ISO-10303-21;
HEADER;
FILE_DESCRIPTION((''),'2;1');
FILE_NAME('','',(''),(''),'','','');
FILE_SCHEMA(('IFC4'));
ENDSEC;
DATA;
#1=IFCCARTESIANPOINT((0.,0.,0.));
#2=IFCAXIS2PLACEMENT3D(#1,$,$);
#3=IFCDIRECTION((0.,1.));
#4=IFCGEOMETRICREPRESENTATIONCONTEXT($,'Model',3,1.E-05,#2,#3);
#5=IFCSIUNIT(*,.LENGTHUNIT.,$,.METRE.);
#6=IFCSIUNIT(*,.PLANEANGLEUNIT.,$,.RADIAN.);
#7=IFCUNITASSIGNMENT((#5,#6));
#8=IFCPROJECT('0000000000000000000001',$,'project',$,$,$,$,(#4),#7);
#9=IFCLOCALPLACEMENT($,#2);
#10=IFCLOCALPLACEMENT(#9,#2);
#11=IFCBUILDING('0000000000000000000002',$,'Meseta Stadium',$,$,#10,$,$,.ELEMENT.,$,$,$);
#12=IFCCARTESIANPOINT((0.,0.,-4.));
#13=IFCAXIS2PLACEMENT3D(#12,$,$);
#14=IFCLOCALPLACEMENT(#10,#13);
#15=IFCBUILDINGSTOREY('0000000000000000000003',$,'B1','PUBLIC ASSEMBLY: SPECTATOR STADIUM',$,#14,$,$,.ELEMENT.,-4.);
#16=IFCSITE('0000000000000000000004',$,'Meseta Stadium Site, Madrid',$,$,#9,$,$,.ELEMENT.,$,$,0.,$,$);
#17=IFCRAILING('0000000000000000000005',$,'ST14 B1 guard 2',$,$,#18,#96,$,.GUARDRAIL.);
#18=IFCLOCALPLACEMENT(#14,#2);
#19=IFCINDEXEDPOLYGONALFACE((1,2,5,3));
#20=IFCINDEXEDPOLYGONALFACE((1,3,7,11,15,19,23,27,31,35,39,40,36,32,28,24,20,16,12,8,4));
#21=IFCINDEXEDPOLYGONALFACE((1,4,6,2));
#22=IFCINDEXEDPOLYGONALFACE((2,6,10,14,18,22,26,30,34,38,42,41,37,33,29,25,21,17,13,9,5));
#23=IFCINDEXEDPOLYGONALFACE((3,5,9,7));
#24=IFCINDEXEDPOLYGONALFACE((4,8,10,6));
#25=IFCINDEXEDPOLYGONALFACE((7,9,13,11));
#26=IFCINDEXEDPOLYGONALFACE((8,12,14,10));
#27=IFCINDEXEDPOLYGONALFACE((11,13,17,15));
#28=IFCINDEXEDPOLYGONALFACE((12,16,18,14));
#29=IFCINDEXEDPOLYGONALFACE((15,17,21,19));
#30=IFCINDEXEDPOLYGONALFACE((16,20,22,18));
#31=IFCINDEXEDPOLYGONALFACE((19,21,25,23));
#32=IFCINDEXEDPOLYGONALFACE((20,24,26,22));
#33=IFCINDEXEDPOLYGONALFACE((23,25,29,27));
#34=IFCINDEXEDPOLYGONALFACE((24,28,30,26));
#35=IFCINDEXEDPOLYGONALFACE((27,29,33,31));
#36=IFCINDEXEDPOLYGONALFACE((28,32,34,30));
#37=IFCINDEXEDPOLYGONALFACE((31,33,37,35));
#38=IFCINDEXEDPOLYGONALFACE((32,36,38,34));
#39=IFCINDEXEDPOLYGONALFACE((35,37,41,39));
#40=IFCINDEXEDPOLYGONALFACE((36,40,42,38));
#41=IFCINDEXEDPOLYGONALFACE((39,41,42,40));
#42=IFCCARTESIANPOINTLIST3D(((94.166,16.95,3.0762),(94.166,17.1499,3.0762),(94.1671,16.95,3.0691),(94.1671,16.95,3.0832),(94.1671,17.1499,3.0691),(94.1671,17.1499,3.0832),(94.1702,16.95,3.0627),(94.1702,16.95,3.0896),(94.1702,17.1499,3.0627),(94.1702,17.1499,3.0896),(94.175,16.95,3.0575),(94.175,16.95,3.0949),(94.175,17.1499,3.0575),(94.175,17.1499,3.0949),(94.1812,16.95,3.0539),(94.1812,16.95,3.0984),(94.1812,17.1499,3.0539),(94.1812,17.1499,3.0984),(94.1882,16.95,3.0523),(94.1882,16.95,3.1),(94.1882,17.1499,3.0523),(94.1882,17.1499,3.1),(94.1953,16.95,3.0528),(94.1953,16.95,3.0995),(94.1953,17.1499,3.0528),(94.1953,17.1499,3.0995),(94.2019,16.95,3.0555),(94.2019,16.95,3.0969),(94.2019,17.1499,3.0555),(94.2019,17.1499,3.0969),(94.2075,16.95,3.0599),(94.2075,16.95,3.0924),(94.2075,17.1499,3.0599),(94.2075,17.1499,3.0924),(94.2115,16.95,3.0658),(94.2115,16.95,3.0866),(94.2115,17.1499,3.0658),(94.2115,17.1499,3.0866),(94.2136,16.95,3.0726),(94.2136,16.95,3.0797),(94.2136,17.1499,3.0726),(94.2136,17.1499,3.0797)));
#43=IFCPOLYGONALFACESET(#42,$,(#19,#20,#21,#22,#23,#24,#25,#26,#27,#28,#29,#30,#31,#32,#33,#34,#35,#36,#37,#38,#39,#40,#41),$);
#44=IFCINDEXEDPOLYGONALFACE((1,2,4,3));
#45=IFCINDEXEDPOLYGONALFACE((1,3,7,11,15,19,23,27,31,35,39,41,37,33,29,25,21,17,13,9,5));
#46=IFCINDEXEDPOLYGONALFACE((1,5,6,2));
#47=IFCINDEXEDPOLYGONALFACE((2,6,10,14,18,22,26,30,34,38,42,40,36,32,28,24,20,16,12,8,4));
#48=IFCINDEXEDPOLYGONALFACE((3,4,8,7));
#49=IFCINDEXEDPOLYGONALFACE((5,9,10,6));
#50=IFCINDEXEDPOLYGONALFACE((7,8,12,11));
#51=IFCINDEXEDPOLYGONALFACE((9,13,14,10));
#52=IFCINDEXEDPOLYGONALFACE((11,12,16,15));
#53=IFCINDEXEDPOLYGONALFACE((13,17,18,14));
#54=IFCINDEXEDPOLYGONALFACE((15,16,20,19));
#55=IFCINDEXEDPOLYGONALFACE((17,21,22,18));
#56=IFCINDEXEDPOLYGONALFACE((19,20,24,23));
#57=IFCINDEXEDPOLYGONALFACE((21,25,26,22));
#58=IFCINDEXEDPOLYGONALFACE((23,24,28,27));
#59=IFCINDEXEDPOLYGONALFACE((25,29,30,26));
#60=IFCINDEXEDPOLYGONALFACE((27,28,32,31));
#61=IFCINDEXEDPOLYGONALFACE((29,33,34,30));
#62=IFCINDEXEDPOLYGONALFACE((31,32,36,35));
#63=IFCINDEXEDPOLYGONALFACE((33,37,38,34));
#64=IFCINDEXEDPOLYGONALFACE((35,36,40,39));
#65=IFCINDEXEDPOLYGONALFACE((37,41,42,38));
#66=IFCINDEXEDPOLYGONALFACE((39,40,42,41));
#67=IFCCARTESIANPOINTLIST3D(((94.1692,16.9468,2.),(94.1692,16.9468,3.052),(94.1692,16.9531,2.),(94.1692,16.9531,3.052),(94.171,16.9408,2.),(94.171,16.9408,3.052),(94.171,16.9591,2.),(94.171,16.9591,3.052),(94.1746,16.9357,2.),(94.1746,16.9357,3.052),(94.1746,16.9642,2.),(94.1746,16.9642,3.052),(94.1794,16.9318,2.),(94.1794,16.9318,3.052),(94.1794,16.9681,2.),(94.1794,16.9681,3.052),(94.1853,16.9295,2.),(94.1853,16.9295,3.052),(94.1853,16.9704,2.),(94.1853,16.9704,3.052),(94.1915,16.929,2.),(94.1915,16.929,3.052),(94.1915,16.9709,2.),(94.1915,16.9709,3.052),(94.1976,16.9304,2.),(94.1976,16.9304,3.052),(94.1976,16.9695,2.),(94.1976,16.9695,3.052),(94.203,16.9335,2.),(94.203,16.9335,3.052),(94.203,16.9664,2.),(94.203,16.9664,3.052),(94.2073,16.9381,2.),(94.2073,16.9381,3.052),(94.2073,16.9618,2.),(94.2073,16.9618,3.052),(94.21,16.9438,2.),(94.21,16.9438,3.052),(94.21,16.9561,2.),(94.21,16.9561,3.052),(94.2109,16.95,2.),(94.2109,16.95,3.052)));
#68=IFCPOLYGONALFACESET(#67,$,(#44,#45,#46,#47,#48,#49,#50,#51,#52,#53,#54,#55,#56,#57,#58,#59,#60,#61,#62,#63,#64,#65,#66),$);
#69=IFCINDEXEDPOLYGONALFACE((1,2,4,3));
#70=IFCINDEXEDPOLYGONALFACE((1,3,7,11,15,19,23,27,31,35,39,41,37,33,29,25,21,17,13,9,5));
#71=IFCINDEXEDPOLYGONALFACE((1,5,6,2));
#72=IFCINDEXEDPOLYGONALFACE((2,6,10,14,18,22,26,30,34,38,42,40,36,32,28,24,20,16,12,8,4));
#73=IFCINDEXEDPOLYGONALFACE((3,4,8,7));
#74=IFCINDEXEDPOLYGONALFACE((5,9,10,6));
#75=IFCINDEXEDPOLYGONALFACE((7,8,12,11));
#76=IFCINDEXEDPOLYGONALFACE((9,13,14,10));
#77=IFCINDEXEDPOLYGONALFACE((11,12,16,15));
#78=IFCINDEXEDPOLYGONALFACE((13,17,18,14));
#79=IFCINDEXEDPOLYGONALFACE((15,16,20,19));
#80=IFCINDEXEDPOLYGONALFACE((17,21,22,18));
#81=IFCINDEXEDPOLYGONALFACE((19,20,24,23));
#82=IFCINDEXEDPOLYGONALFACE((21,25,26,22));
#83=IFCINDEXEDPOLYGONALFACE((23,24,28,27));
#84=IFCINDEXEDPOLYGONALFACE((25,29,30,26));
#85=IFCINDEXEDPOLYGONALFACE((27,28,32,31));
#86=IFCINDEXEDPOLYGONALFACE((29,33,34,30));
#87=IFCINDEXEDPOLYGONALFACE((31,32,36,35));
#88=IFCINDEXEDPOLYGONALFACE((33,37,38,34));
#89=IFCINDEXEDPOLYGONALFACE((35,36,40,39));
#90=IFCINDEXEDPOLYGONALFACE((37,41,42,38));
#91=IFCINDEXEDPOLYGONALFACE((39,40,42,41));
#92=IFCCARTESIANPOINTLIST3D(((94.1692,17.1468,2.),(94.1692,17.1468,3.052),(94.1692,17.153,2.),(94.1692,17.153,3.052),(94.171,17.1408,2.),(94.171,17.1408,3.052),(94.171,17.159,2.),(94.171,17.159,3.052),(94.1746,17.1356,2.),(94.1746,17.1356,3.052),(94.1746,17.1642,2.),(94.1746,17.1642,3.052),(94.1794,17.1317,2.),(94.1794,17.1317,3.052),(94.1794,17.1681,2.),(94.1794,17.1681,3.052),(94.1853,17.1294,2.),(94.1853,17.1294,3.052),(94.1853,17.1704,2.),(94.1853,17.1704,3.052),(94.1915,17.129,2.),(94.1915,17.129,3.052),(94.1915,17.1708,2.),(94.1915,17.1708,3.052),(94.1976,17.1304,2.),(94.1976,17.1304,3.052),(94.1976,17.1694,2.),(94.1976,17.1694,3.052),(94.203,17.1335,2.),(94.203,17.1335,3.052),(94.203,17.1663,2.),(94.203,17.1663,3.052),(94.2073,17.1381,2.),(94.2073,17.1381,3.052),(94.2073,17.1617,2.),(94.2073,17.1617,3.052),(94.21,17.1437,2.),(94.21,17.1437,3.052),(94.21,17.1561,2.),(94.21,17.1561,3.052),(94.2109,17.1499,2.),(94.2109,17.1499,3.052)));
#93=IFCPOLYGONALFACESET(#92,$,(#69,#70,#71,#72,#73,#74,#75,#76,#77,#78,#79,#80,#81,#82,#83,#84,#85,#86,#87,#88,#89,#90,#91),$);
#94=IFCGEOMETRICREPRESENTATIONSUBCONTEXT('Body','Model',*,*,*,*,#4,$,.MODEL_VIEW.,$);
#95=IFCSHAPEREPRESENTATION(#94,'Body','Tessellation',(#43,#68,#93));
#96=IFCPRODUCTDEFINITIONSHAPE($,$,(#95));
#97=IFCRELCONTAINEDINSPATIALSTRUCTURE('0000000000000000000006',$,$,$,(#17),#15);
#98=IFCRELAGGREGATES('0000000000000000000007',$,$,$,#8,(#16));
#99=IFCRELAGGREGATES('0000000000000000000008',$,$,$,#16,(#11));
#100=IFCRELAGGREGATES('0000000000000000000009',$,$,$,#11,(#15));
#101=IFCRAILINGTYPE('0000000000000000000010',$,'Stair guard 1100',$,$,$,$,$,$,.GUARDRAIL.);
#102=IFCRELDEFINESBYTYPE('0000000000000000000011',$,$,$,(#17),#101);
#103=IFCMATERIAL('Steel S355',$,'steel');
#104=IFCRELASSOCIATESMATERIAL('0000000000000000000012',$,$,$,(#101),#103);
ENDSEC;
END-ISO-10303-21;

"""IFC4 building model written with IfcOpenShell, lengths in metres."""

from ifc_helpers import new_model, si_unit, direction, frame, origin, origin_2d, place, context, subcontext, project, spatial, circle, extrude, material, type_object, element, save


model = new_model("IFC4")

# Units and contexts
model_context = context("Model", 3, precision=1e-05, world=origin(), true_north=direction((0.0, 1.0)))
body_context = subcontext(model_context, "Body", "Model", "MODEL_VIEW")
ifc_project = project(units=[si_unit("LENGTHUNIT", "METRE"), si_unit("PLANEANGLEUNIT", "RADIAN")], contexts=[model_context])

# Site, building, storey
site_placement = place(None, origin())
site = spatial("IfcSite", under=ifc_project, at=site_placement, Name="Meseta Stadium Site, Madrid", CompositionType="ELEMENT", RefElevation=0.0)
building_placement = place(site_placement, origin())
building = spatial("IfcBuilding", under=site, at=building_placement, Name="Meseta Stadium", CompositionType="ELEMENT")
storey_placement = place(building_placement, frame((0.0, 0.0, -4.0)))
storey = spatial("IfcBuildingStorey", under=building, at=storey_placement, Name="B1", Description="PUBLIC ASSEMBLY: SPECTATOR STADIUM", CompositionType="ELEMENT", Elevation=-4.0)

# Railing
ifc_material_1 = material(Name="Steel S355", Category="steel")
railing_type_1 = type_object("IfcRailingType", Name="Stair guard 1100", PredefinedType="GUARDRAIL", material=ifc_material_1)
railing_1_placement = place(storey_placement, frame((94.1899, 16.95, 2.0)))
element("IfcRailing", 1, at=railing_1_placement, inside=storey, type_object=railing_type_1, Name="ST14 B1 guard 2", PredefinedType="GUARDRAIL", context=body_context, shape_type="SweptSolid", body=[
    extrude(circle(Radius=0.0239, at=origin_2d()), frame((0.0, 0.0, 1.0762), z_axis=(0.0, 1.0, 0.0), x_axis=(-1.0, 0.0, 0.0)), (0.0, 0.0, 1.0), 0.2),
    extrude(circle(Radius=0.021, at=origin_2d()), origin(), (0.0, 0.0, 1.0), 1.052),
    extrude(circle(Radius=0.021, at=origin_2d()), frame((0.0, 0.2, 0.0)), (0.0, 0.0, 1.0), 1.052),
])

save(model, "model.ifc")
